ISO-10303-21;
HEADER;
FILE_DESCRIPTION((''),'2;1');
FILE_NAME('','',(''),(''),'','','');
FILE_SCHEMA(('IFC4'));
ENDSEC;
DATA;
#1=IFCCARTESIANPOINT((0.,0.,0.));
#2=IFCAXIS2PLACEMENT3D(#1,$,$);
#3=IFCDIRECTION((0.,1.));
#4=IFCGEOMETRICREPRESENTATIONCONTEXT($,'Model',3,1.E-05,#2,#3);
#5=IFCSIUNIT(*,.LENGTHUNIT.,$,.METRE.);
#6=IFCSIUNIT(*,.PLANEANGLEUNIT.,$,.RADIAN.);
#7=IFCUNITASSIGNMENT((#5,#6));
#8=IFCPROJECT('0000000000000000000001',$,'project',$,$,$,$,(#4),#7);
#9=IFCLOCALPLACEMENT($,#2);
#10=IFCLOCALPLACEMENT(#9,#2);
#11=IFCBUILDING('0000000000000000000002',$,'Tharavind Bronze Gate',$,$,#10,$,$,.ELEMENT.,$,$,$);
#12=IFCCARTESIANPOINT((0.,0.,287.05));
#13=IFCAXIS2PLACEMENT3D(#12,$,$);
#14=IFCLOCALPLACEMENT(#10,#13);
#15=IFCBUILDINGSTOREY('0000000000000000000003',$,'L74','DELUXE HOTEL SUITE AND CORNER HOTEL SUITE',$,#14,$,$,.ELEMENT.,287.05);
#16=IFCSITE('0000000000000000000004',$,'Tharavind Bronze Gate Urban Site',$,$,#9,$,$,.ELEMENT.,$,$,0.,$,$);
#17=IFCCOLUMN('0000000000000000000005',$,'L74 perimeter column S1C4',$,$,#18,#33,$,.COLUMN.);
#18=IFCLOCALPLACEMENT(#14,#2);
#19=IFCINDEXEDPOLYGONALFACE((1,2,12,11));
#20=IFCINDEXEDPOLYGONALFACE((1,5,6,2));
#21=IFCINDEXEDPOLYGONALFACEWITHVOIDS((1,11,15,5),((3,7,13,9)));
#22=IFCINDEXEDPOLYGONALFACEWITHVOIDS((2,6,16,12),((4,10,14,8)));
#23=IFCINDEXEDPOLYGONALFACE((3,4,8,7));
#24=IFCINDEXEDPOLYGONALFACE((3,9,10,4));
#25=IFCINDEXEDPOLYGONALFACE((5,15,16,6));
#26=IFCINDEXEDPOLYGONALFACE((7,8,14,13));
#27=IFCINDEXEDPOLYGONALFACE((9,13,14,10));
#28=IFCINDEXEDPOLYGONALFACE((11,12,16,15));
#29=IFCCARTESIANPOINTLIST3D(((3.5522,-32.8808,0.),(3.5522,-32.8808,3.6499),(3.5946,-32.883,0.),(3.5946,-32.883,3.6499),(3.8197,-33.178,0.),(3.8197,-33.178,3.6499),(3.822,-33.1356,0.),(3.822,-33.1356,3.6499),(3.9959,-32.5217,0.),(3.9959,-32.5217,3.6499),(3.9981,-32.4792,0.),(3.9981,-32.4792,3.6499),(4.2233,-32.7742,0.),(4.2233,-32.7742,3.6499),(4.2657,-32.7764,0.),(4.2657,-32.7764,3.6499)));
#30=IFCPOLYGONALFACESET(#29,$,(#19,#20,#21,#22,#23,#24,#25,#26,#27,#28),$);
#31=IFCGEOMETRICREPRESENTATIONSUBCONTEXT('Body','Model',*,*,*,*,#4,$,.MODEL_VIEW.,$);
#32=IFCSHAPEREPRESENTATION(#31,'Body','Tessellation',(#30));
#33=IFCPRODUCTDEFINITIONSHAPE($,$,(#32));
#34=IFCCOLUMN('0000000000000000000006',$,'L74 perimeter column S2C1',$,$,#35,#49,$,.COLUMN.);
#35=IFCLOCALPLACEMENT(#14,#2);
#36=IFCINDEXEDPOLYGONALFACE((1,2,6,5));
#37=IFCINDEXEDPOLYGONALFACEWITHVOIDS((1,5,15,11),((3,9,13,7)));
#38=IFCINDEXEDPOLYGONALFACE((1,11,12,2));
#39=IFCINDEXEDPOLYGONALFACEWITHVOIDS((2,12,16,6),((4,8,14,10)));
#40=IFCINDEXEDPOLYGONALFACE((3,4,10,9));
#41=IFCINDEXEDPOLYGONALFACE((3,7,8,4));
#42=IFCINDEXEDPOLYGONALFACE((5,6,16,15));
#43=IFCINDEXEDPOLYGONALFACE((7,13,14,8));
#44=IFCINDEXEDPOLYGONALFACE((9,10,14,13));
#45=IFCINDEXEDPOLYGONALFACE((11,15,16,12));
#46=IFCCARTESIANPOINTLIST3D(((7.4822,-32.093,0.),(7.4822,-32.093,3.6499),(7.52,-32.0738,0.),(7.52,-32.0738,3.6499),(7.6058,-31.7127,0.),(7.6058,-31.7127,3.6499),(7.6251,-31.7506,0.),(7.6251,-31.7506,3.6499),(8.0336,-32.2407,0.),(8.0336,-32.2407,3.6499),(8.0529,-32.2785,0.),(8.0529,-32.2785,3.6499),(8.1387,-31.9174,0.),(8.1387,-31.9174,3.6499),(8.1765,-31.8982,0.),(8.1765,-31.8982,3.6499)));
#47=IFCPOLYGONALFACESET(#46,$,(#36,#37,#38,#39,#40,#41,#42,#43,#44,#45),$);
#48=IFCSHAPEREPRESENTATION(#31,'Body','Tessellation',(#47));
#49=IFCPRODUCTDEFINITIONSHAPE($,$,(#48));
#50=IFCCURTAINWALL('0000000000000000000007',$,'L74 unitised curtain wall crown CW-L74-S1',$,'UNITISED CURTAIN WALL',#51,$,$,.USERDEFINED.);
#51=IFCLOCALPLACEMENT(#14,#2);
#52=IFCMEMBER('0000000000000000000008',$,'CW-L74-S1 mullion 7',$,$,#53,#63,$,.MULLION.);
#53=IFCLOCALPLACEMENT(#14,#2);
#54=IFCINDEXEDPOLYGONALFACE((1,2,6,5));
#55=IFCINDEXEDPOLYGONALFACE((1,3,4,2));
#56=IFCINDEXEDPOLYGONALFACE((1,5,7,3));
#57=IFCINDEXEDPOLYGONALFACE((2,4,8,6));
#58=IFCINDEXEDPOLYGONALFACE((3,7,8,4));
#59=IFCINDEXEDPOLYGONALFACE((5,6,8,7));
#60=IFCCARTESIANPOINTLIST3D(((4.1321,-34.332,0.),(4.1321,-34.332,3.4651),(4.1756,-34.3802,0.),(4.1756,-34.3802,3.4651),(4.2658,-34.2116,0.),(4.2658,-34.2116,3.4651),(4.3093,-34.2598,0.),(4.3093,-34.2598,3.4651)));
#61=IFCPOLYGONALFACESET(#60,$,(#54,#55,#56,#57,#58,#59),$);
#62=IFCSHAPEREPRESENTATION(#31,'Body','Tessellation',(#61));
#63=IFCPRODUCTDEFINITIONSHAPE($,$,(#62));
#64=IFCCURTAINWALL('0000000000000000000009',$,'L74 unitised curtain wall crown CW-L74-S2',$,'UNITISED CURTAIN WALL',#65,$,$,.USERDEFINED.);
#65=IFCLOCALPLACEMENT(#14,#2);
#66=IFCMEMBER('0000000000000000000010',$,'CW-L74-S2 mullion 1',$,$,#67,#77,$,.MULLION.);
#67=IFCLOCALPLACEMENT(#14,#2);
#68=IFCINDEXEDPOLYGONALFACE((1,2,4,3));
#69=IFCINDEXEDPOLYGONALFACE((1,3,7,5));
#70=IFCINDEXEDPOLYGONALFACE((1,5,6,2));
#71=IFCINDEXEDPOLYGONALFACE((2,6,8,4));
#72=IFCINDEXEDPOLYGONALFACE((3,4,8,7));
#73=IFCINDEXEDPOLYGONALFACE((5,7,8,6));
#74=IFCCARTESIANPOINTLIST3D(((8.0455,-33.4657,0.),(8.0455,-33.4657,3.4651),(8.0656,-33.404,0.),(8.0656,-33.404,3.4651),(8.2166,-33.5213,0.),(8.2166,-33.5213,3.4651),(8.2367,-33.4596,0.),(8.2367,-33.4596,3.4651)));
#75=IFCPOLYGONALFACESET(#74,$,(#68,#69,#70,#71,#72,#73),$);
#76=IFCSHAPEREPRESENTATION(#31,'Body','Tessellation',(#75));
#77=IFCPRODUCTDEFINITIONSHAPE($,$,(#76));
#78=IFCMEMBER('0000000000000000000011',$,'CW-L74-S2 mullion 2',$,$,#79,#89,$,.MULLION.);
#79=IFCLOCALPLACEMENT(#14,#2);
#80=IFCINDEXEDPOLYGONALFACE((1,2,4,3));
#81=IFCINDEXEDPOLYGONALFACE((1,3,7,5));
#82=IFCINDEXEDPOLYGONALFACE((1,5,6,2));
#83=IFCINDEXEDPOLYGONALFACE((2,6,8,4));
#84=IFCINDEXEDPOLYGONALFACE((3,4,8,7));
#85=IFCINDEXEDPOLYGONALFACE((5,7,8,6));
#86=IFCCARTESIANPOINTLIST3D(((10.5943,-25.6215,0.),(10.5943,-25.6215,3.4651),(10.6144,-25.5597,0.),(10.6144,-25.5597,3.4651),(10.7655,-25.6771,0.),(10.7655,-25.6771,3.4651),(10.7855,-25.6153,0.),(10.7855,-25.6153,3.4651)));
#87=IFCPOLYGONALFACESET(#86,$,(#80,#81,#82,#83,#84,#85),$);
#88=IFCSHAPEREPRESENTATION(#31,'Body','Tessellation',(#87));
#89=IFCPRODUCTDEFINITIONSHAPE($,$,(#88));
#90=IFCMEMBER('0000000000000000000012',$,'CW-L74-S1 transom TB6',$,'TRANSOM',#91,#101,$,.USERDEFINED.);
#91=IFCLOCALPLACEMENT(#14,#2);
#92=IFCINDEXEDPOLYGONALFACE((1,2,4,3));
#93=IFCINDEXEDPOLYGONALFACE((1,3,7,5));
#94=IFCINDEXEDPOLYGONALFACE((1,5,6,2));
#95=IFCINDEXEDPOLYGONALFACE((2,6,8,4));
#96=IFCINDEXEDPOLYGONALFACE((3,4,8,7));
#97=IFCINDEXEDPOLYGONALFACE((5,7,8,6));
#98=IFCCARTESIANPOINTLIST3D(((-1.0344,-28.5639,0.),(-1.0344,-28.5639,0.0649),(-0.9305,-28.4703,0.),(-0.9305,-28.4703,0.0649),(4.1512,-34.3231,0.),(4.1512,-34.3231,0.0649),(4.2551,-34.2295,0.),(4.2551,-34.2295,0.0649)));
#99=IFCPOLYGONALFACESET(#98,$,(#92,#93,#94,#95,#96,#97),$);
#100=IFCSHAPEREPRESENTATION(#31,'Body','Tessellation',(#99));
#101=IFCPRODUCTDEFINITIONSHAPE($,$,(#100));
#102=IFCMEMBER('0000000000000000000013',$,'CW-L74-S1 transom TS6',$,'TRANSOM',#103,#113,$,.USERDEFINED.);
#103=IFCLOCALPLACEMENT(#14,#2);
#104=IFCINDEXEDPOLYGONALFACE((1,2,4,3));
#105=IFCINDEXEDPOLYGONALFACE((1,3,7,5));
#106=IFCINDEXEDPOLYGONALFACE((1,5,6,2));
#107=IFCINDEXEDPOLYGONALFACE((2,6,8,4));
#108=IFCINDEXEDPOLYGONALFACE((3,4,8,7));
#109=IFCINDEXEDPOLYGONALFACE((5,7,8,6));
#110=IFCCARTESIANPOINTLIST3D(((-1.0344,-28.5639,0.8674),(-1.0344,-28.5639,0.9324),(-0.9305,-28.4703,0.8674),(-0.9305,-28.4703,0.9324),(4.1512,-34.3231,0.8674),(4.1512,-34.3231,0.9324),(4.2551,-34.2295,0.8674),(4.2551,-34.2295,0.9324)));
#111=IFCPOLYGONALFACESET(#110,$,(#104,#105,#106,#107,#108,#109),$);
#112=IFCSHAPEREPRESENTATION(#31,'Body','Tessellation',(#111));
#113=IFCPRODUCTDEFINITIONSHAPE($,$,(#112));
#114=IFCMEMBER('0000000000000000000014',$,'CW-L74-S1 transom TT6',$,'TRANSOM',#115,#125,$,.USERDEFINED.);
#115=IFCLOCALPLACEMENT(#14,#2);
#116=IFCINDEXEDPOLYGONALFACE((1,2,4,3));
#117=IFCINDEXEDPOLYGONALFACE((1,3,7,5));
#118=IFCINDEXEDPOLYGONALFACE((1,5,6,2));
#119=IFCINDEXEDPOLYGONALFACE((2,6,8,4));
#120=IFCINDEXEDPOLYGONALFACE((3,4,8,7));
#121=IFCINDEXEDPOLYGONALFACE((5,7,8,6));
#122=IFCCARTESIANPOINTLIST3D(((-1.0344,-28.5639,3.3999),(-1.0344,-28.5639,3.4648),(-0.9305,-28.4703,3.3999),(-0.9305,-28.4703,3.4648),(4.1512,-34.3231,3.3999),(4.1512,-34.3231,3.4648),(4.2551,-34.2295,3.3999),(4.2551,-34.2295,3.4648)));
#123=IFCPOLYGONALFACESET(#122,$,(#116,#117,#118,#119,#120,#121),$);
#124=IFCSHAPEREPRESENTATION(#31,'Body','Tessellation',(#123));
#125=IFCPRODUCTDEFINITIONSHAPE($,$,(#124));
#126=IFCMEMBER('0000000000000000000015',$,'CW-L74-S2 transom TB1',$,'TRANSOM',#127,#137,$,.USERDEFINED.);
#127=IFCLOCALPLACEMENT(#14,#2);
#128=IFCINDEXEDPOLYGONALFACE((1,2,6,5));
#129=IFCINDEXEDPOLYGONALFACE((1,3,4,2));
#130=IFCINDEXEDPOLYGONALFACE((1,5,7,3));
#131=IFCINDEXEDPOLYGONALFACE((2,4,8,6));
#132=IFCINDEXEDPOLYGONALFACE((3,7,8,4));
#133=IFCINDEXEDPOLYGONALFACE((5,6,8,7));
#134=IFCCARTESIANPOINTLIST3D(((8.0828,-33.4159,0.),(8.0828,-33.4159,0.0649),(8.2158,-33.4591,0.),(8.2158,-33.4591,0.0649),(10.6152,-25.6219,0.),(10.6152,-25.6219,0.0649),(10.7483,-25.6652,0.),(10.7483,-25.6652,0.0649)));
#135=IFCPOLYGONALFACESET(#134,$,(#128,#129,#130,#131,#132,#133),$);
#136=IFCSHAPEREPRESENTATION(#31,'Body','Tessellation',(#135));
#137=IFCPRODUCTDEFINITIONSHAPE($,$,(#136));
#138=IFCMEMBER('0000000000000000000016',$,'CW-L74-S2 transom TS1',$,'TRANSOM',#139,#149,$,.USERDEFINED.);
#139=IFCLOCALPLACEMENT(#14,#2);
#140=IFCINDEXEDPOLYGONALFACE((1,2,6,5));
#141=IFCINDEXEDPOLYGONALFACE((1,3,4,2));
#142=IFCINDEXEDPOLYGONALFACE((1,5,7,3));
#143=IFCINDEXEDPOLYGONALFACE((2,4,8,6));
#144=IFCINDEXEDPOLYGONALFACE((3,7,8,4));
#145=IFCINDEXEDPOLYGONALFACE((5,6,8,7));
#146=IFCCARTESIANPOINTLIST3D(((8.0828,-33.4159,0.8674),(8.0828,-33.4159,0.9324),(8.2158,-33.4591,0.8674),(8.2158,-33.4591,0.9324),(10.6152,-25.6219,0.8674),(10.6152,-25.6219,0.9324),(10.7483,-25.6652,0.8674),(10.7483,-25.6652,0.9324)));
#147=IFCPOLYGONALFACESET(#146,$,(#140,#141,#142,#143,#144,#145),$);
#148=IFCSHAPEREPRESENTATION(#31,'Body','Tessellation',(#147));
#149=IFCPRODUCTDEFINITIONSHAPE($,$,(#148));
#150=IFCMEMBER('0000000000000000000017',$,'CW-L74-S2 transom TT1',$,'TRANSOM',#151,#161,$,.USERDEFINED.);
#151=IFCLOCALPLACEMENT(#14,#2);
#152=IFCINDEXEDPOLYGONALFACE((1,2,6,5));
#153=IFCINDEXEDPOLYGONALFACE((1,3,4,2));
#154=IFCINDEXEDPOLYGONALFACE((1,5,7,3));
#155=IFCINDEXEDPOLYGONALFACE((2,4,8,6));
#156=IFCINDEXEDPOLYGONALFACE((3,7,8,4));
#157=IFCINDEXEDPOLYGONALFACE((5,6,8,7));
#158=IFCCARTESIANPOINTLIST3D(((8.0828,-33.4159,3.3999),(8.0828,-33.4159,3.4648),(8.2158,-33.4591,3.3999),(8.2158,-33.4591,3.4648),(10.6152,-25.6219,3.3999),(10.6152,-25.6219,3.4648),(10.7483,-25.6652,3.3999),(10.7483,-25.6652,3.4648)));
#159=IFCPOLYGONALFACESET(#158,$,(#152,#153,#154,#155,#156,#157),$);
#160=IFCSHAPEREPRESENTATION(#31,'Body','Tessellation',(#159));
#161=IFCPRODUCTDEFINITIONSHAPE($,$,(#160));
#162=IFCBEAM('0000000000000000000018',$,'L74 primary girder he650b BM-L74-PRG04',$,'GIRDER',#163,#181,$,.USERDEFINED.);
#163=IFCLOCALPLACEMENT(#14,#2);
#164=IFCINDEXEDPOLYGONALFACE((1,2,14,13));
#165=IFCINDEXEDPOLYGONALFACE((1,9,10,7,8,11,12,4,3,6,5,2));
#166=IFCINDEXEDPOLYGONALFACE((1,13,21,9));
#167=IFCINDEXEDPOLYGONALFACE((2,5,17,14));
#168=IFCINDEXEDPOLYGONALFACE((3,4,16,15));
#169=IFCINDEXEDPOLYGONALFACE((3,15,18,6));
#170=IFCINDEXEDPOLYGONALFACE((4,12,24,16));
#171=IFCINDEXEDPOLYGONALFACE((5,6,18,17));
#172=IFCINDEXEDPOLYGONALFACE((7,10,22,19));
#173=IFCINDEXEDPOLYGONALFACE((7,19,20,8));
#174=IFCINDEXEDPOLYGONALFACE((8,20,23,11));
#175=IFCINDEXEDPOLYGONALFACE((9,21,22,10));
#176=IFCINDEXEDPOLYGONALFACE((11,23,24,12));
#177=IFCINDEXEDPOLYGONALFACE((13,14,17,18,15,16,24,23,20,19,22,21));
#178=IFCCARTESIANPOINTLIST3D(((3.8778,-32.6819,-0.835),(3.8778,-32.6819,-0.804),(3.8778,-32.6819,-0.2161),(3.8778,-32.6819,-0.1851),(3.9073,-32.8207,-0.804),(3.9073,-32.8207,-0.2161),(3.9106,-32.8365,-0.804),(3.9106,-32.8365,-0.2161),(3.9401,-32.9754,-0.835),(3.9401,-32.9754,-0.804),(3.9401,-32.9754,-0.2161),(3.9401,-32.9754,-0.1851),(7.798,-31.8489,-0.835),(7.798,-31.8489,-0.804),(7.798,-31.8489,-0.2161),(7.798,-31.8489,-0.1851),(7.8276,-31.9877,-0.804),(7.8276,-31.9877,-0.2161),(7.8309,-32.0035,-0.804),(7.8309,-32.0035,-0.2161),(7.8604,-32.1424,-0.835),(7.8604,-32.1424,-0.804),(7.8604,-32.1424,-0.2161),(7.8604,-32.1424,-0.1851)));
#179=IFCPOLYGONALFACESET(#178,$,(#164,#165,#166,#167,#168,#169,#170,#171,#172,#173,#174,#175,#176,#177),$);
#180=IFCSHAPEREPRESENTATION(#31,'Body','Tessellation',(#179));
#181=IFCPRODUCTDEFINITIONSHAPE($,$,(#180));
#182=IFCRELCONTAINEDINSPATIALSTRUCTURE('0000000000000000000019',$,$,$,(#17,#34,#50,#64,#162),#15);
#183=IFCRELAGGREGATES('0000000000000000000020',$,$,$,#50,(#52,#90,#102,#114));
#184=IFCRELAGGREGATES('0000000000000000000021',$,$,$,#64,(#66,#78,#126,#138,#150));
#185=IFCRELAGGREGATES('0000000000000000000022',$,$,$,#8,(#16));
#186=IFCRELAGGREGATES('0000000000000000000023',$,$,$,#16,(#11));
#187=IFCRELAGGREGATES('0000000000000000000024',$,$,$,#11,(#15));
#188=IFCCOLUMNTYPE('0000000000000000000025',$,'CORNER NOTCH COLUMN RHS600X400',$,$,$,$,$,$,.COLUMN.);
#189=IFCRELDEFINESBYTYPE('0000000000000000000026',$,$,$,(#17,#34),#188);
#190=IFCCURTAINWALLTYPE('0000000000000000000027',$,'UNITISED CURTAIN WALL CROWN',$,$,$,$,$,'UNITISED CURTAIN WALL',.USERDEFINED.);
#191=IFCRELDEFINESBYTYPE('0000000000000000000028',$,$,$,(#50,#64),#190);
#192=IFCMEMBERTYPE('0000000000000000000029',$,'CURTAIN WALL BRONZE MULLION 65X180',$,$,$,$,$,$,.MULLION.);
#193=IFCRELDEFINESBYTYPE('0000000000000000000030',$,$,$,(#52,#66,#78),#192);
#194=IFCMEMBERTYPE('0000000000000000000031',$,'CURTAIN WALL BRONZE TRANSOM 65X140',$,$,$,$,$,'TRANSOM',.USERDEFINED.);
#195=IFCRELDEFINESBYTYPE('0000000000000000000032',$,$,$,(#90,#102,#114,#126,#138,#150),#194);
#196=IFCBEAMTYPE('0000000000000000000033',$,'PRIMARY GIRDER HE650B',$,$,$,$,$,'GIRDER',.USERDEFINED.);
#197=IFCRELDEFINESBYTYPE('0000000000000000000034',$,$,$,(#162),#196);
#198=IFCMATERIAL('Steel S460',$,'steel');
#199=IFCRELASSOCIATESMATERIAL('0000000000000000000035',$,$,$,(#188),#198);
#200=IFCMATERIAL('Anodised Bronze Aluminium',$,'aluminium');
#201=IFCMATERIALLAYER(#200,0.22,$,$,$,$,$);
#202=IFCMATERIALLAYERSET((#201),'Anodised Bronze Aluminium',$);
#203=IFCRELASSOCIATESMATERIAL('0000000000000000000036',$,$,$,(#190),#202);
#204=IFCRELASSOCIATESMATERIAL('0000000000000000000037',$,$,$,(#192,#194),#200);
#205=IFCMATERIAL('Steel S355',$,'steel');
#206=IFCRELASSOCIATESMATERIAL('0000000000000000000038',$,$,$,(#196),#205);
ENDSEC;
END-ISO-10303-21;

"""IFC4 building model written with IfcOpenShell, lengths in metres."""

from ifc_helpers import new_model, si_unit, direction, frame, origin, origin_2d, place, context, subcontext, project, spatial, rectangle, hollow_rectangle, i_section, extrude, material, layer, layer_set, material_profile, profile_set, type_object, element, aggregate, save


model = new_model("IFC4")

# Units and contexts
model_context = context("Model", 3, precision=1e-05, world=origin(), true_north=direction((0.0, 1.0)))
body_context = subcontext(model_context, "Body", "Model", "MODEL_VIEW")
ifc_project = project(units=[si_unit("LENGTHUNIT", "METRE"), si_unit("PLANEANGLEUNIT", "RADIAN")], contexts=[model_context])

# Site, building, storey
site_placement = place(None, origin())
site = spatial("IfcSite", under=ifc_project, at=site_placement, Name="Tharavind Bronze Gate Urban Site", CompositionType="ELEMENT", RefElevation=0.0)
building_placement = place(site_placement, origin())
building = spatial("IfcBuilding", under=site, at=building_placement, Name="Tharavind Bronze Gate", CompositionType="ELEMENT")
storey_placement = place(building_placement, frame((0.0, 0.0, 287.05)))
storey = spatial("IfcBuildingStorey", under=building, at=storey_placement, Name="L74", Description="DELUXE HOTEL SUITE AND CORNER HOTEL SUITE", CompositionType="ELEMENT", Elevation=287.05)

# Columns
ifc_material_1 = material(Name="Steel S460", Category="steel")
ifc_material_profile_1 = material_profile(ifc_material_1, hollow_rectangle(XDim=0.3999, YDim=0.6001, WallThickness=0.03, at=origin_2d()), Name="RHS600X400X30")
ifc_profile_set_1 = profile_set([ifc_material_profile_1], Name="Steel S460")
column_type = type_object("IfcColumnType", Name="CORNER NOTCH COLUMN RHS600X400", PredefinedType="COLUMN", material=ifc_profile_set_1)
for number, where, z_axis, x_axis, name in (
    (1, (3.9089, -32.8286, 0.0), (0.0, 0.0, 1.0), (-0.669131, 0.743145, 0.0), "L74 perimeter column S1C4"),
    (2, (7.8293, -31.9956, 0.0), (0.0, 0.0, 1.0), (0.309019, 0.951056, 0.0), "L74 perimeter column S2C1"),
):
    element("IfcColumn", number, at=place(storey_placement, frame(where, z_axis=z_axis, x_axis=x_axis)), inside=storey, type_object=column_type, Name=name, PredefinedType="COLUMN", context=body_context, shape_type="SweptSolid", body=[
        extrude(hollow_rectangle(XDim=0.3999, YDim=0.6001, WallThickness=0.03, at=origin_2d()), origin(), (0.0, 0.0, 1.0), 3.6499),
    ])

# Curtain wall, member
ifc_material_2 = material(Name="Anodised Bronze Aluminium", Category="aluminium")
ifc_layer_1 = layer(ifc_material_2, 0.22)
ifc_layer_set_1 = layer_set([ifc_layer_1], Name="Anodised Bronze Aluminium")
curtain_wall_type = type_object("IfcCurtainWallType", Name="UNITISED CURTAIN WALL CROWN", ElementType="UNITISED CURTAIN WALL", PredefinedType="USERDEFINED", material=ifc_layer_set_1)
curtain_wall_1_placement = place(storey_placement, origin())
curtain_wall_1 = element("IfcCurtainWall", 3, at=curtain_wall_1_placement, inside=storey, type_object=curtain_wall_type, Name="L74 unitised curtain wall crown CW-L74-S1", ObjectType="UNITISED CURTAIN WALL", PredefinedType="USERDEFINED")
member_type_1 = type_object("IfcMemberType", Name="CURTAIN WALL BRONZE MULLION 65X180", PredefinedType="MULLION", material=ifc_material_2)
member_1_placement = place(storey_placement, frame((4.2207, -34.2959, 0.0), z_axis=(0.0, 0.0, 1.0), x_axis=(0.669131, -0.743145, 0.0)))
member_1 = element("IfcMember", 4, at=member_1_placement, type_object=member_type_1, Name="CW-L74-S1 mullion 7", PredefinedType="MULLION", context=body_context, shape_type="SweptSolid", body=[
    extrude(rectangle(XDim=0.0649, YDim=0.1799, at=origin_2d()), origin(), (0.0, 0.0, 1.0), 3.4651),
])

# Curtain wall, members
curtain_wall_2_placement = place(storey_placement, origin())
curtain_wall_2 = element("IfcCurtainWall", 5, at=curtain_wall_2_placement, inside=storey, type_object=curtain_wall_type, Name="L74 unitised curtain wall crown CW-L74-S2", ObjectType="UNITISED CURTAIN WALL", PredefinedType="USERDEFINED")
member_2_placement = place(storey_placement, frame((8.1411, -33.4626, 0.0), z_axis=(0.0, 0.0, 1.0), x_axis=(0.309017, 0.951057, 0.0)))
member_2 = element("IfcMember", 6, at=member_2_placement, type_object=member_type_1, Name="CW-L74-S2 mullion 1", PredefinedType="MULLION", context=body_context, shape_type="SweptSolid", body=[
    extrude(rectangle(XDim=0.0649, YDim=0.1799, at=origin_2d()), origin(), (0.0, 0.0, 1.0), 3.4651),
])
member_3_placement = place(storey_placement, frame((10.6899, -25.6184, 0.0), z_axis=(0.0, 0.0, 1.0), x_axis=(0.309017, 0.951057, 0.0)))
member_3 = element("IfcMember", 7, at=member_3_placement, type_object=member_type_1, Name="CW-L74-S2 mullion 2", PredefinedType="MULLION", context=body_context, shape_type="SweptSolid", body=[
    extrude(rectangle(XDim=0.0649, YDim=0.1799, at=origin_2d()), origin(), (0.0, 0.0, 1.0), 3.4651),
])

# Members
member_type_2 = type_object("IfcMemberType", Name="CURTAIN WALL BRONZE TRANSOM 65X140", ElementType="TRANSOM", PredefinedType="USERDEFINED", material=ifc_material_2)
member_4_placement = place(storey_placement, frame((1.6104, -31.3967, 0.0), z_axis=(0.0, 0.0, 1.0), x_axis=(0.669131, -0.743145, 0.0)))
member_4 = element("IfcMember", 8, at=member_4_placement, type_object=member_type_2, Name="CW-L74-S1 transom TB6", ObjectType="TRANSOM", PredefinedType="USERDEFINED", context=body_context, shape_type="SweptSolid", body=[
    extrude(rectangle(XDim=7.7498, YDim=0.1399, at=origin_2d()), origin(), (0.0, 0.0, 1.0), 0.0649),
])
member_5_placement = place(storey_placement, frame((1.6104, -31.3967, 0.8674), z_axis=(0.0, 0.0, 1.0), x_axis=(0.669131, -0.743145, 0.0)))
member_5 = element("IfcMember", 9, at=member_5_placement, type_object=member_type_2, Name="CW-L74-S1 transom TS6", ObjectType="TRANSOM", PredefinedType="USERDEFINED", context=body_context, shape_type="SweptSolid", body=[
    extrude(rectangle(XDim=7.7498, YDim=0.1399, at=origin_2d()), origin(), (0.0, 0.0, 1.0), 0.0649),
])
member_6_placement = place(storey_placement, frame((1.6104, -31.3967, 3.3999), z_axis=(0.0, 0.0, 1.0), x_axis=(0.669131, -0.743145, 0.0)))
member_6 = element("IfcMember", 10, at=member_6_placement, type_object=member_type_2, Name="CW-L74-S1 transom TT6", ObjectType="TRANSOM", PredefinedType="USERDEFINED", context=body_context, shape_type="SweptSolid", body=[
    extrude(rectangle(XDim=7.7498, YDim=0.1399, at=origin_2d()), origin(), (0.0, 0.0, 1.0), 0.0649),
])
member_7_placement = place(storey_placement, frame((9.4155, -29.5405, 0.0), z_axis=(0.0, 0.0, 1.0), x_axis=(0.309017, 0.951057, 0.0)))
member_7 = element("IfcMember", 11, at=member_7_placement, type_object=member_type_2, Name="CW-L74-S2 transom TB1", ObjectType="TRANSOM", PredefinedType="USERDEFINED", context=body_context, shape_type="SweptSolid", body=[
    extrude(rectangle(XDim=8.1951, YDim=0.1399, at=origin_2d()), origin(), (0.0, 0.0, 1.0), 0.0649),
])
member_8_placement = place(storey_placement, frame((9.4155, -29.5405, 0.8674), z_axis=(0.0, 0.0, 1.0), x_axis=(0.309017, 0.951057, 0.0)))
member_8 = element("IfcMember", 12, at=member_8_placement, type_object=member_type_2, Name="CW-L74-S2 transom TS1", ObjectType="TRANSOM", PredefinedType="USERDEFINED", context=body_context, shape_type="SweptSolid", body=[
    extrude(rectangle(XDim=8.1951, YDim=0.1399, at=origin_2d()), origin(), (0.0, 0.0, 1.0), 0.0649),
])
member_9_placement = place(storey_placement, frame((9.4155, -29.5405, 3.3999), z_axis=(0.0, 0.0, 1.0), x_axis=(0.309017, 0.951057, 0.0)))
member_9 = element("IfcMember", 13, at=member_9_placement, type_object=member_type_2, Name="CW-L74-S2 transom TT1", ObjectType="TRANSOM", PredefinedType="USERDEFINED", context=body_context, shape_type="SweptSolid", body=[
    extrude(rectangle(XDim=8.1951, YDim=0.1399, at=origin_2d()), origin(), (0.0, 0.0, 1.0), 0.0649),
])

# Beam
ifc_material_3 = material(Name="Steel S355", Category="steel")
ifc_material_profile_2 = material_profile(ifc_material_3, i_section(OverallWidth=0.3, OverallDepth=0.6499, WebThickness=0.0161, FlangeThickness=0.031, at=origin_2d()), Name="HE650B")
ifc_profile_set_2 = profile_set([ifc_material_profile_2], Name="Steel S355")
beam_type_1 = type_object("IfcBeamType", Name="PRIMARY GIRDER HE650B", ElementType="GIRDER", PredefinedType="USERDEFINED", material=ifc_profile_set_2)
beam_1_placement = place(storey_placement, frame((3.9089, -32.8286, -0.51), z_axis=(0.978163, 0.20784, 0.0), x_axis=(-0.20784, 0.978163, 0.0)))
element("IfcBeam", 14, at=beam_1_placement, inside=storey, type_object=beam_type_1, Name="L74 primary girder he650b BM-L74-PRG04", ObjectType="GIRDER", PredefinedType="USERDEFINED", context=body_context, shape_type="SweptSolid", body=[
    extrude(i_section(OverallWidth=0.3, OverallDepth=0.6499, WebThickness=0.0161, FlangeThickness=0.031, at=origin_2d()), origin(), (0.0, 0.0, 1.0), 4.0078),
])

aggregate(curtain_wall_1, [member_1, member_4, member_5, member_6])
aggregate(curtain_wall_2, [member_2, member_3, member_7, member_8, member_9])

save(model, "model.ifc")
